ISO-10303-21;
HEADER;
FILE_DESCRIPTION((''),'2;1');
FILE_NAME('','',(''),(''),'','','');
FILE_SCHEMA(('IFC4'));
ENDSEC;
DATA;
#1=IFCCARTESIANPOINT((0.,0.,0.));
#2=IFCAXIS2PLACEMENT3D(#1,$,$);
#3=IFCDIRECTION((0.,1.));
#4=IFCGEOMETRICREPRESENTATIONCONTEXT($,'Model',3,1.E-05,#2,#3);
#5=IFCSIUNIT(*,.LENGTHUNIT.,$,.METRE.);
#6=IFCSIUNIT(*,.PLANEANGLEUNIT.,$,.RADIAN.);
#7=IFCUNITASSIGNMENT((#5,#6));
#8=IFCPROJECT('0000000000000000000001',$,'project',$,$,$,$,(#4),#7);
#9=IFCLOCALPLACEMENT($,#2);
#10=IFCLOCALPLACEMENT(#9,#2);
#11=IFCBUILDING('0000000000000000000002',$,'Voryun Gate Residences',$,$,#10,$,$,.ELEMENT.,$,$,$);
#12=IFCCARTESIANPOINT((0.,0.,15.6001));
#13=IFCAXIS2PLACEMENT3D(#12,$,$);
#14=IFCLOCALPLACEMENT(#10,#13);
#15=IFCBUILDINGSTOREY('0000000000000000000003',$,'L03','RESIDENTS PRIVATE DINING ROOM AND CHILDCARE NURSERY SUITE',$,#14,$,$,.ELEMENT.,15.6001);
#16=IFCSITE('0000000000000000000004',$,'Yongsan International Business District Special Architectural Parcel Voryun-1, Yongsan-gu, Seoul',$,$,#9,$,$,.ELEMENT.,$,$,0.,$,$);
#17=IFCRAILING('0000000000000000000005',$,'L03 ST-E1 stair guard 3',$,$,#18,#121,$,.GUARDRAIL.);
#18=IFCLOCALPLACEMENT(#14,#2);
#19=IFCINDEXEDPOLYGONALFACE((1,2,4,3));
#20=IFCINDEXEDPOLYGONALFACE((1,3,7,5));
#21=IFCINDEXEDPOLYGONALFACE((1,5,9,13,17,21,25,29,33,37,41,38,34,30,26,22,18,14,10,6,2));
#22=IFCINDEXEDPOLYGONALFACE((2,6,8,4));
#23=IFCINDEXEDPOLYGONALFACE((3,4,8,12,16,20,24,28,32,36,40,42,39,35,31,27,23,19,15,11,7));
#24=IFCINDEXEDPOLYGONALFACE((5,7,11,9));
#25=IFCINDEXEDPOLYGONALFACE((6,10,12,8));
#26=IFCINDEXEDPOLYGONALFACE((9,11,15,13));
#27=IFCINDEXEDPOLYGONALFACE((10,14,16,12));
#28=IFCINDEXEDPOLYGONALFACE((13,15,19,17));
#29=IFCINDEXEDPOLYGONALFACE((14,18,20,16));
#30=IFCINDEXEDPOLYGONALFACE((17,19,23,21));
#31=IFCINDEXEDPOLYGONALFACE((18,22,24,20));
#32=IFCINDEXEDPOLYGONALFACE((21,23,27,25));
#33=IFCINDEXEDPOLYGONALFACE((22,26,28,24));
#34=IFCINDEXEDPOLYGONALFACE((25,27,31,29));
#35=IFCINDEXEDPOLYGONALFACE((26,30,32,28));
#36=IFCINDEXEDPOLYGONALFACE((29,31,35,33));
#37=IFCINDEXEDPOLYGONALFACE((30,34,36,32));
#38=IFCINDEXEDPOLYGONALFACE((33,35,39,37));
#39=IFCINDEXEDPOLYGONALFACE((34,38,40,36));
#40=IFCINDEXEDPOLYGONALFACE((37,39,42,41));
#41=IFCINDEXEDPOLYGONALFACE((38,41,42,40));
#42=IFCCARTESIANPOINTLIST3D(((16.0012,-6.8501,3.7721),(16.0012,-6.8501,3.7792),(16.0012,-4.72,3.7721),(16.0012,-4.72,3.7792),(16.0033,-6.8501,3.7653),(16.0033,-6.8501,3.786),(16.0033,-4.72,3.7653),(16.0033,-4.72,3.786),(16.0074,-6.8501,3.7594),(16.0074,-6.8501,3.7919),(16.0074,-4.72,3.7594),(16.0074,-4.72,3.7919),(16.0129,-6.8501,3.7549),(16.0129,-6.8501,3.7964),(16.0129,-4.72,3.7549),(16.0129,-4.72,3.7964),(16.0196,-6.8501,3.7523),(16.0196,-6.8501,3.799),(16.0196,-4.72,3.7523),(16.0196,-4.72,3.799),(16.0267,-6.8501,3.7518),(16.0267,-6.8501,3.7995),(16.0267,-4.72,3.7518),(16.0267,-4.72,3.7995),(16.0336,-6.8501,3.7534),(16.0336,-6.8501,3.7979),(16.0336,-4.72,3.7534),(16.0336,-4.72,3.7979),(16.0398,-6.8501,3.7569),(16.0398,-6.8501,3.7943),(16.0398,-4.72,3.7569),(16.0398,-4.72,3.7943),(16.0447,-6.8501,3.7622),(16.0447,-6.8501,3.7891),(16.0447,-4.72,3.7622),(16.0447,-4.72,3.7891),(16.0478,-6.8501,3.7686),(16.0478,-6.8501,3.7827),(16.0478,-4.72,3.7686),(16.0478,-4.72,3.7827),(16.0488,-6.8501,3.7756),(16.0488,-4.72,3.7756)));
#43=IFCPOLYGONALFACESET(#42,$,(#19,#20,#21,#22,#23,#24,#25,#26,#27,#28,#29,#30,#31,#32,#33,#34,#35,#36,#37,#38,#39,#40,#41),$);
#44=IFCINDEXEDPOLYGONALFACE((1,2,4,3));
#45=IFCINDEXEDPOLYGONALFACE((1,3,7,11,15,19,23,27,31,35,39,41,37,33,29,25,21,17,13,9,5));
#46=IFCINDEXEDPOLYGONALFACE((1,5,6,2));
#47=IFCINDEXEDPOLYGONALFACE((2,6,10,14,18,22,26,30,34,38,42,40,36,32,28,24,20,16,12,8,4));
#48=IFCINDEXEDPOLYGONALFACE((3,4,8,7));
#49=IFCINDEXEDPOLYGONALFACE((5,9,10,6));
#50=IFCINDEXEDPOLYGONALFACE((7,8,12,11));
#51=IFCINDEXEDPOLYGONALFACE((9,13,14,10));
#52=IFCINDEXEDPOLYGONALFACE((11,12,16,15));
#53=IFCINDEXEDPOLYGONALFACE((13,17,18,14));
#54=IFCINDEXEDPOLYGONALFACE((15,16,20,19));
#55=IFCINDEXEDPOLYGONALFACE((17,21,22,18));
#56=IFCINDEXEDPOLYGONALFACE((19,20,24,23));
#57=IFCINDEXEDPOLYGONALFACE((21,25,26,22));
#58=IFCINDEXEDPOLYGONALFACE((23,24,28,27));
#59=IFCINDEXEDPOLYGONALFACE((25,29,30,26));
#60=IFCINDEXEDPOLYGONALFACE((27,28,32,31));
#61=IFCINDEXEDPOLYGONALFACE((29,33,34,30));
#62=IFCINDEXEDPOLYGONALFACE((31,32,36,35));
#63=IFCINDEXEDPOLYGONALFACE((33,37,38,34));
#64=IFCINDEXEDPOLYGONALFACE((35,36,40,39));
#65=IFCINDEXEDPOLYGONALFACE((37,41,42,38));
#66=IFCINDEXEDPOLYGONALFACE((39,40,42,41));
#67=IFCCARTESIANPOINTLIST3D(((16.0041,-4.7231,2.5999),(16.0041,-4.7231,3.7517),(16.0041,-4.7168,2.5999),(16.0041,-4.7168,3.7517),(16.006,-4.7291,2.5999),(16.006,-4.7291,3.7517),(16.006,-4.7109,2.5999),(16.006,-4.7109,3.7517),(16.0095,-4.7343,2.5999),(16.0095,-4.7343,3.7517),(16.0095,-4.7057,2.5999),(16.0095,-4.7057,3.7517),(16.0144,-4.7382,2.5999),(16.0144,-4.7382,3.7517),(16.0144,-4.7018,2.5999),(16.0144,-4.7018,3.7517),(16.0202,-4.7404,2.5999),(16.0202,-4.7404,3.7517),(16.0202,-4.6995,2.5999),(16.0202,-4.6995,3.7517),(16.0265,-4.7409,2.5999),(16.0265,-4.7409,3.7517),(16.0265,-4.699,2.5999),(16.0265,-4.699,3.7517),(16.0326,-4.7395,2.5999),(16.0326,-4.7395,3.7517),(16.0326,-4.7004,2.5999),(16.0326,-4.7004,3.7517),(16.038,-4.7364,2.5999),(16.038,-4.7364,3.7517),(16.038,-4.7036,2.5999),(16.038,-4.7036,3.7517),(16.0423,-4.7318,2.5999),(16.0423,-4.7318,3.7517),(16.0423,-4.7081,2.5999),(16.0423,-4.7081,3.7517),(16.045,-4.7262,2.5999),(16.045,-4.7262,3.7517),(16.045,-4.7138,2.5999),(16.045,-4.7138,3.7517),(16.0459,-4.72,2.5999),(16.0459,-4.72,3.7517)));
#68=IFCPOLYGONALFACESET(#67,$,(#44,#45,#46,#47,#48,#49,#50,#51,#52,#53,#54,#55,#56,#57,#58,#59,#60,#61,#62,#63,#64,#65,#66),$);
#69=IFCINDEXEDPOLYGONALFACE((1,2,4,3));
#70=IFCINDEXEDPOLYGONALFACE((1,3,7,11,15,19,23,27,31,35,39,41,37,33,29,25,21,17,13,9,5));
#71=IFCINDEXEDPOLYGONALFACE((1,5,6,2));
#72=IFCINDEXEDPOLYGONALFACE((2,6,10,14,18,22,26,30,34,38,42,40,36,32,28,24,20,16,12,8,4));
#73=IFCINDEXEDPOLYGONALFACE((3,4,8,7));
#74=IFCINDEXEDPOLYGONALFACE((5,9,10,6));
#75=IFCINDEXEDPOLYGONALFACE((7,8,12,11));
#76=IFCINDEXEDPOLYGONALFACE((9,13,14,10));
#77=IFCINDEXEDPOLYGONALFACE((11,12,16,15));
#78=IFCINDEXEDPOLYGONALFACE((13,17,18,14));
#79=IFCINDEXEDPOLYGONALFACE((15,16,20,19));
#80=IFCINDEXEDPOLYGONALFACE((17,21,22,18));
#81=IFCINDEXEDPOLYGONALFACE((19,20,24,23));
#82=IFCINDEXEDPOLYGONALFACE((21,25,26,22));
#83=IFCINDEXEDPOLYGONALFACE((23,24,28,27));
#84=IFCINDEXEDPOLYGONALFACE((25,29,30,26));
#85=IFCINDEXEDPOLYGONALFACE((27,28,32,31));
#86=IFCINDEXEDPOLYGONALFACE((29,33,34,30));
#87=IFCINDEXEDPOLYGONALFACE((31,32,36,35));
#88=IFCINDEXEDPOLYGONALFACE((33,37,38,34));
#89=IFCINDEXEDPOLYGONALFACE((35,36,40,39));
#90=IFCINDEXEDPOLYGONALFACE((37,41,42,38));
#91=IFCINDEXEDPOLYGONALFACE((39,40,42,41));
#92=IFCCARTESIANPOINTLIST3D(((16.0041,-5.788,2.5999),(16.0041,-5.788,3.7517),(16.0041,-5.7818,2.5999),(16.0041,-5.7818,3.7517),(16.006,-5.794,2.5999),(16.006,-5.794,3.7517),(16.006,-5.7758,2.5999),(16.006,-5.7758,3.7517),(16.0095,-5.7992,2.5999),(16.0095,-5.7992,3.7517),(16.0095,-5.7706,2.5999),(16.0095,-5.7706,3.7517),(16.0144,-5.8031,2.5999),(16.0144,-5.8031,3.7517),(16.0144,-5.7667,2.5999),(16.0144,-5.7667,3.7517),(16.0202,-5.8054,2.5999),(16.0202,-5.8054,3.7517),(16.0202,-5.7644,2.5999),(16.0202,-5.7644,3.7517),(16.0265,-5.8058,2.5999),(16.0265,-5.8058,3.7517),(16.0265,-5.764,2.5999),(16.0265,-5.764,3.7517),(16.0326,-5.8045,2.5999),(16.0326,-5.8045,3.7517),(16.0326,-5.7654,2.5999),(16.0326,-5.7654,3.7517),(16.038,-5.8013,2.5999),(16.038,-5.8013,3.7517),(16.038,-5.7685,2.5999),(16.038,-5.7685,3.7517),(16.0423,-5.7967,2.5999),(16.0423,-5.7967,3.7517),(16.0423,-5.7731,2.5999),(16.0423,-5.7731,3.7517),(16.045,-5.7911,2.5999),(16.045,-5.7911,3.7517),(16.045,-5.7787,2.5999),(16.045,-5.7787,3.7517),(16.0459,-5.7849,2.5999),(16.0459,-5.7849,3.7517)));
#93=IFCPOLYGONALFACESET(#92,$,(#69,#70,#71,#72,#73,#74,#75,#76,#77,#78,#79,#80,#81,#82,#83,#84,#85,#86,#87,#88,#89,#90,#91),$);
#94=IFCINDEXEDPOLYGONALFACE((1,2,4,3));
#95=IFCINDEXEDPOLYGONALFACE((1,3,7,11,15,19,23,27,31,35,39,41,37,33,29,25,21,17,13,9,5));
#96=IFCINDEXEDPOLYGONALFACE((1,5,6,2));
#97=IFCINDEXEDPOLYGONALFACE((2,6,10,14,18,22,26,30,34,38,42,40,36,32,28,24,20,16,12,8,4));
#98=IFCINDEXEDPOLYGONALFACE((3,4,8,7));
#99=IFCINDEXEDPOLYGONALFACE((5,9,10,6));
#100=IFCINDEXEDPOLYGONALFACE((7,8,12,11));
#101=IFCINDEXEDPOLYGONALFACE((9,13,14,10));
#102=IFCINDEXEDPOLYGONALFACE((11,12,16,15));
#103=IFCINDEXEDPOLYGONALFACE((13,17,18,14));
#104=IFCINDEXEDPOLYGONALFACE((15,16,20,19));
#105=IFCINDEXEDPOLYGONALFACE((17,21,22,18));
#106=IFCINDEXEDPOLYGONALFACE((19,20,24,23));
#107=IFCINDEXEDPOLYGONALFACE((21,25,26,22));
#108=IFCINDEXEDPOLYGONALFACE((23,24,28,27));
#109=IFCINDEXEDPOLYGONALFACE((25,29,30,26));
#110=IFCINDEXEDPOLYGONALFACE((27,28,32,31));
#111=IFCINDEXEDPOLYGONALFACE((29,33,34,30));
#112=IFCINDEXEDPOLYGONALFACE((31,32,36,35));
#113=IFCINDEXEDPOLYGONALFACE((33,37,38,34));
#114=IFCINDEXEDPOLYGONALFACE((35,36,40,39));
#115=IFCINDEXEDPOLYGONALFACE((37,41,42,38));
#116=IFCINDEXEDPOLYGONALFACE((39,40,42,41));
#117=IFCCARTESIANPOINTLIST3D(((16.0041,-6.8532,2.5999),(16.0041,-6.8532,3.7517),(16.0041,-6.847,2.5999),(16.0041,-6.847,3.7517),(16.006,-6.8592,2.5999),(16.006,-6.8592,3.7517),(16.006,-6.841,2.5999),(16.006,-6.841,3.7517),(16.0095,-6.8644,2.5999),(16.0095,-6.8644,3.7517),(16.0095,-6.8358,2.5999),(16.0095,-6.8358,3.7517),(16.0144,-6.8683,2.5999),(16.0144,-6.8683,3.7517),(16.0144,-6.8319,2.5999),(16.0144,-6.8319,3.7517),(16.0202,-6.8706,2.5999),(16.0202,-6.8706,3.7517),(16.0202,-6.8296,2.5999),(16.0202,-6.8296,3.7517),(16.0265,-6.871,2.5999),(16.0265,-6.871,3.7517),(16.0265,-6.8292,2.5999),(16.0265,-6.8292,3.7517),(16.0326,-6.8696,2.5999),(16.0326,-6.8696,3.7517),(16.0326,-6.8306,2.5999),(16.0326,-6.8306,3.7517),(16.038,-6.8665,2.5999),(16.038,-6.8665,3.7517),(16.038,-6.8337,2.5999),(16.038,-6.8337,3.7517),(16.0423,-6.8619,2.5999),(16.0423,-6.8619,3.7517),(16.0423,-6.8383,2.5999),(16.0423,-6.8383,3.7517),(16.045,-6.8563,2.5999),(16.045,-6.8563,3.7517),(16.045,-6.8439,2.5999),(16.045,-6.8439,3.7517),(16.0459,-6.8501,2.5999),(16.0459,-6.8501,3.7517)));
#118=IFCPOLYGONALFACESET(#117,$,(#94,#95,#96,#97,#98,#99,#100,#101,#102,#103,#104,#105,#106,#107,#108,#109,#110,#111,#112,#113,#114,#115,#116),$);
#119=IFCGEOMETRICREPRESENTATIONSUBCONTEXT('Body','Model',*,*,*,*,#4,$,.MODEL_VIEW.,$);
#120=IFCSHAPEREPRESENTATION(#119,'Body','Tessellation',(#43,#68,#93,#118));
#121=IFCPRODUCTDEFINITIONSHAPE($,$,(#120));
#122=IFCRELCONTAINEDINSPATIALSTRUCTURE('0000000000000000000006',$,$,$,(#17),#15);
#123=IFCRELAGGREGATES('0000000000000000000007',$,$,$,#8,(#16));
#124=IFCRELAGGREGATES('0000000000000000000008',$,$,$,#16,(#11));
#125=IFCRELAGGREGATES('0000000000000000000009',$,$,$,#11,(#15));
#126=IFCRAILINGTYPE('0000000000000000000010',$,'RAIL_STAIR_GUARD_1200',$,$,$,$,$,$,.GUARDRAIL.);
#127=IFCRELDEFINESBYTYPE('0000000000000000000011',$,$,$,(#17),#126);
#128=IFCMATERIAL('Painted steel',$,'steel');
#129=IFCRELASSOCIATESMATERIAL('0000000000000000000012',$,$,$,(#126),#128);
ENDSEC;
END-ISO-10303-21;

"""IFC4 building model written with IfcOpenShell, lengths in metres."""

from ifc_helpers import new_model, si_unit, direction, frame, origin, origin_2d, place, context, subcontext, project, spatial, circle, extrude, material, type_object, element, save


model = new_model("IFC4")

# Units and contexts
model_context = context("Model", 3, precision=1e-05, world=origin(), true_north=direction((0.0, 1.0)))
body_context = subcontext(model_context, "Body", "Model", "MODEL_VIEW")
ifc_project = project(units=[si_unit("LENGTHUNIT", "METRE"), si_unit("PLANEANGLEUNIT", "RADIAN")], contexts=[model_context])

# Site, building, storey
site_placement = place(None, origin())
site = spatial("IfcSite", under=ifc_project, at=site_placement, Name="Yongsan International Business District Special Architectural Parcel Voryun-1, Yongsan-gu, Seoul", CompositionType="ELEMENT", RefElevation=0.0)
building_placement = place(site_placement, origin())
building = spatial("IfcBuilding", under=site, at=building_placement, Name="Voryun Gate Residences", CompositionType="ELEMENT")
storey_placement = place(building_placement, frame((0.0, 0.0, 15.6001)))
storey = spatial("IfcBuildingStorey", under=building, at=storey_placement, Name="L03", Description="RESIDENTS PRIVATE DINING ROOM AND CHILDCARE NURSERY SUITE", CompositionType="ELEMENT", Elevation=15.6001)

# Railing
ifc_material_1 = material(Name="Painted steel", Category="steel")
railing_type = type_object("IfcRailingType", Name="RAIL_STAIR_GUARD_1200", PredefinedType="GUARDRAIL", material=ifc_material_1)
railing_1_placement = place(storey_placement, frame((16.0249, -4.72, 2.5999)))
element("IfcRailing", 1, at=railing_1_placement, inside=storey, type_object=railing_type, Name="L03 ST-E1 stair guard 3", PredefinedType="GUARDRAIL", context=body_context, shape_type="SweptSolid", body=[
    extrude(circle(Radius=0.0239, at=origin_2d()), frame((0.0, 0.0, 1.1758), z_axis=(0.0, -1.0, 0.0), x_axis=(1.0, 0.0, 0.0)), (0.0, 0.0, 1.0), 2.1301),
    extrude(circle(Radius=0.021, at=origin_2d()), origin(), (0.0, 0.0, 1.0), 1.1519),
    extrude(circle(Radius=0.021, at=origin_2d()), frame((0.0, -1.0649, 0.0)), (0.0, 0.0, 1.0), 1.1519),
    extrude(circle(Radius=0.021, at=origin_2d()), frame((0.0, -2.1301, 0.0)), (0.0, 0.0, 1.0), 1.1519),
])

save(model, "model.ifc")
